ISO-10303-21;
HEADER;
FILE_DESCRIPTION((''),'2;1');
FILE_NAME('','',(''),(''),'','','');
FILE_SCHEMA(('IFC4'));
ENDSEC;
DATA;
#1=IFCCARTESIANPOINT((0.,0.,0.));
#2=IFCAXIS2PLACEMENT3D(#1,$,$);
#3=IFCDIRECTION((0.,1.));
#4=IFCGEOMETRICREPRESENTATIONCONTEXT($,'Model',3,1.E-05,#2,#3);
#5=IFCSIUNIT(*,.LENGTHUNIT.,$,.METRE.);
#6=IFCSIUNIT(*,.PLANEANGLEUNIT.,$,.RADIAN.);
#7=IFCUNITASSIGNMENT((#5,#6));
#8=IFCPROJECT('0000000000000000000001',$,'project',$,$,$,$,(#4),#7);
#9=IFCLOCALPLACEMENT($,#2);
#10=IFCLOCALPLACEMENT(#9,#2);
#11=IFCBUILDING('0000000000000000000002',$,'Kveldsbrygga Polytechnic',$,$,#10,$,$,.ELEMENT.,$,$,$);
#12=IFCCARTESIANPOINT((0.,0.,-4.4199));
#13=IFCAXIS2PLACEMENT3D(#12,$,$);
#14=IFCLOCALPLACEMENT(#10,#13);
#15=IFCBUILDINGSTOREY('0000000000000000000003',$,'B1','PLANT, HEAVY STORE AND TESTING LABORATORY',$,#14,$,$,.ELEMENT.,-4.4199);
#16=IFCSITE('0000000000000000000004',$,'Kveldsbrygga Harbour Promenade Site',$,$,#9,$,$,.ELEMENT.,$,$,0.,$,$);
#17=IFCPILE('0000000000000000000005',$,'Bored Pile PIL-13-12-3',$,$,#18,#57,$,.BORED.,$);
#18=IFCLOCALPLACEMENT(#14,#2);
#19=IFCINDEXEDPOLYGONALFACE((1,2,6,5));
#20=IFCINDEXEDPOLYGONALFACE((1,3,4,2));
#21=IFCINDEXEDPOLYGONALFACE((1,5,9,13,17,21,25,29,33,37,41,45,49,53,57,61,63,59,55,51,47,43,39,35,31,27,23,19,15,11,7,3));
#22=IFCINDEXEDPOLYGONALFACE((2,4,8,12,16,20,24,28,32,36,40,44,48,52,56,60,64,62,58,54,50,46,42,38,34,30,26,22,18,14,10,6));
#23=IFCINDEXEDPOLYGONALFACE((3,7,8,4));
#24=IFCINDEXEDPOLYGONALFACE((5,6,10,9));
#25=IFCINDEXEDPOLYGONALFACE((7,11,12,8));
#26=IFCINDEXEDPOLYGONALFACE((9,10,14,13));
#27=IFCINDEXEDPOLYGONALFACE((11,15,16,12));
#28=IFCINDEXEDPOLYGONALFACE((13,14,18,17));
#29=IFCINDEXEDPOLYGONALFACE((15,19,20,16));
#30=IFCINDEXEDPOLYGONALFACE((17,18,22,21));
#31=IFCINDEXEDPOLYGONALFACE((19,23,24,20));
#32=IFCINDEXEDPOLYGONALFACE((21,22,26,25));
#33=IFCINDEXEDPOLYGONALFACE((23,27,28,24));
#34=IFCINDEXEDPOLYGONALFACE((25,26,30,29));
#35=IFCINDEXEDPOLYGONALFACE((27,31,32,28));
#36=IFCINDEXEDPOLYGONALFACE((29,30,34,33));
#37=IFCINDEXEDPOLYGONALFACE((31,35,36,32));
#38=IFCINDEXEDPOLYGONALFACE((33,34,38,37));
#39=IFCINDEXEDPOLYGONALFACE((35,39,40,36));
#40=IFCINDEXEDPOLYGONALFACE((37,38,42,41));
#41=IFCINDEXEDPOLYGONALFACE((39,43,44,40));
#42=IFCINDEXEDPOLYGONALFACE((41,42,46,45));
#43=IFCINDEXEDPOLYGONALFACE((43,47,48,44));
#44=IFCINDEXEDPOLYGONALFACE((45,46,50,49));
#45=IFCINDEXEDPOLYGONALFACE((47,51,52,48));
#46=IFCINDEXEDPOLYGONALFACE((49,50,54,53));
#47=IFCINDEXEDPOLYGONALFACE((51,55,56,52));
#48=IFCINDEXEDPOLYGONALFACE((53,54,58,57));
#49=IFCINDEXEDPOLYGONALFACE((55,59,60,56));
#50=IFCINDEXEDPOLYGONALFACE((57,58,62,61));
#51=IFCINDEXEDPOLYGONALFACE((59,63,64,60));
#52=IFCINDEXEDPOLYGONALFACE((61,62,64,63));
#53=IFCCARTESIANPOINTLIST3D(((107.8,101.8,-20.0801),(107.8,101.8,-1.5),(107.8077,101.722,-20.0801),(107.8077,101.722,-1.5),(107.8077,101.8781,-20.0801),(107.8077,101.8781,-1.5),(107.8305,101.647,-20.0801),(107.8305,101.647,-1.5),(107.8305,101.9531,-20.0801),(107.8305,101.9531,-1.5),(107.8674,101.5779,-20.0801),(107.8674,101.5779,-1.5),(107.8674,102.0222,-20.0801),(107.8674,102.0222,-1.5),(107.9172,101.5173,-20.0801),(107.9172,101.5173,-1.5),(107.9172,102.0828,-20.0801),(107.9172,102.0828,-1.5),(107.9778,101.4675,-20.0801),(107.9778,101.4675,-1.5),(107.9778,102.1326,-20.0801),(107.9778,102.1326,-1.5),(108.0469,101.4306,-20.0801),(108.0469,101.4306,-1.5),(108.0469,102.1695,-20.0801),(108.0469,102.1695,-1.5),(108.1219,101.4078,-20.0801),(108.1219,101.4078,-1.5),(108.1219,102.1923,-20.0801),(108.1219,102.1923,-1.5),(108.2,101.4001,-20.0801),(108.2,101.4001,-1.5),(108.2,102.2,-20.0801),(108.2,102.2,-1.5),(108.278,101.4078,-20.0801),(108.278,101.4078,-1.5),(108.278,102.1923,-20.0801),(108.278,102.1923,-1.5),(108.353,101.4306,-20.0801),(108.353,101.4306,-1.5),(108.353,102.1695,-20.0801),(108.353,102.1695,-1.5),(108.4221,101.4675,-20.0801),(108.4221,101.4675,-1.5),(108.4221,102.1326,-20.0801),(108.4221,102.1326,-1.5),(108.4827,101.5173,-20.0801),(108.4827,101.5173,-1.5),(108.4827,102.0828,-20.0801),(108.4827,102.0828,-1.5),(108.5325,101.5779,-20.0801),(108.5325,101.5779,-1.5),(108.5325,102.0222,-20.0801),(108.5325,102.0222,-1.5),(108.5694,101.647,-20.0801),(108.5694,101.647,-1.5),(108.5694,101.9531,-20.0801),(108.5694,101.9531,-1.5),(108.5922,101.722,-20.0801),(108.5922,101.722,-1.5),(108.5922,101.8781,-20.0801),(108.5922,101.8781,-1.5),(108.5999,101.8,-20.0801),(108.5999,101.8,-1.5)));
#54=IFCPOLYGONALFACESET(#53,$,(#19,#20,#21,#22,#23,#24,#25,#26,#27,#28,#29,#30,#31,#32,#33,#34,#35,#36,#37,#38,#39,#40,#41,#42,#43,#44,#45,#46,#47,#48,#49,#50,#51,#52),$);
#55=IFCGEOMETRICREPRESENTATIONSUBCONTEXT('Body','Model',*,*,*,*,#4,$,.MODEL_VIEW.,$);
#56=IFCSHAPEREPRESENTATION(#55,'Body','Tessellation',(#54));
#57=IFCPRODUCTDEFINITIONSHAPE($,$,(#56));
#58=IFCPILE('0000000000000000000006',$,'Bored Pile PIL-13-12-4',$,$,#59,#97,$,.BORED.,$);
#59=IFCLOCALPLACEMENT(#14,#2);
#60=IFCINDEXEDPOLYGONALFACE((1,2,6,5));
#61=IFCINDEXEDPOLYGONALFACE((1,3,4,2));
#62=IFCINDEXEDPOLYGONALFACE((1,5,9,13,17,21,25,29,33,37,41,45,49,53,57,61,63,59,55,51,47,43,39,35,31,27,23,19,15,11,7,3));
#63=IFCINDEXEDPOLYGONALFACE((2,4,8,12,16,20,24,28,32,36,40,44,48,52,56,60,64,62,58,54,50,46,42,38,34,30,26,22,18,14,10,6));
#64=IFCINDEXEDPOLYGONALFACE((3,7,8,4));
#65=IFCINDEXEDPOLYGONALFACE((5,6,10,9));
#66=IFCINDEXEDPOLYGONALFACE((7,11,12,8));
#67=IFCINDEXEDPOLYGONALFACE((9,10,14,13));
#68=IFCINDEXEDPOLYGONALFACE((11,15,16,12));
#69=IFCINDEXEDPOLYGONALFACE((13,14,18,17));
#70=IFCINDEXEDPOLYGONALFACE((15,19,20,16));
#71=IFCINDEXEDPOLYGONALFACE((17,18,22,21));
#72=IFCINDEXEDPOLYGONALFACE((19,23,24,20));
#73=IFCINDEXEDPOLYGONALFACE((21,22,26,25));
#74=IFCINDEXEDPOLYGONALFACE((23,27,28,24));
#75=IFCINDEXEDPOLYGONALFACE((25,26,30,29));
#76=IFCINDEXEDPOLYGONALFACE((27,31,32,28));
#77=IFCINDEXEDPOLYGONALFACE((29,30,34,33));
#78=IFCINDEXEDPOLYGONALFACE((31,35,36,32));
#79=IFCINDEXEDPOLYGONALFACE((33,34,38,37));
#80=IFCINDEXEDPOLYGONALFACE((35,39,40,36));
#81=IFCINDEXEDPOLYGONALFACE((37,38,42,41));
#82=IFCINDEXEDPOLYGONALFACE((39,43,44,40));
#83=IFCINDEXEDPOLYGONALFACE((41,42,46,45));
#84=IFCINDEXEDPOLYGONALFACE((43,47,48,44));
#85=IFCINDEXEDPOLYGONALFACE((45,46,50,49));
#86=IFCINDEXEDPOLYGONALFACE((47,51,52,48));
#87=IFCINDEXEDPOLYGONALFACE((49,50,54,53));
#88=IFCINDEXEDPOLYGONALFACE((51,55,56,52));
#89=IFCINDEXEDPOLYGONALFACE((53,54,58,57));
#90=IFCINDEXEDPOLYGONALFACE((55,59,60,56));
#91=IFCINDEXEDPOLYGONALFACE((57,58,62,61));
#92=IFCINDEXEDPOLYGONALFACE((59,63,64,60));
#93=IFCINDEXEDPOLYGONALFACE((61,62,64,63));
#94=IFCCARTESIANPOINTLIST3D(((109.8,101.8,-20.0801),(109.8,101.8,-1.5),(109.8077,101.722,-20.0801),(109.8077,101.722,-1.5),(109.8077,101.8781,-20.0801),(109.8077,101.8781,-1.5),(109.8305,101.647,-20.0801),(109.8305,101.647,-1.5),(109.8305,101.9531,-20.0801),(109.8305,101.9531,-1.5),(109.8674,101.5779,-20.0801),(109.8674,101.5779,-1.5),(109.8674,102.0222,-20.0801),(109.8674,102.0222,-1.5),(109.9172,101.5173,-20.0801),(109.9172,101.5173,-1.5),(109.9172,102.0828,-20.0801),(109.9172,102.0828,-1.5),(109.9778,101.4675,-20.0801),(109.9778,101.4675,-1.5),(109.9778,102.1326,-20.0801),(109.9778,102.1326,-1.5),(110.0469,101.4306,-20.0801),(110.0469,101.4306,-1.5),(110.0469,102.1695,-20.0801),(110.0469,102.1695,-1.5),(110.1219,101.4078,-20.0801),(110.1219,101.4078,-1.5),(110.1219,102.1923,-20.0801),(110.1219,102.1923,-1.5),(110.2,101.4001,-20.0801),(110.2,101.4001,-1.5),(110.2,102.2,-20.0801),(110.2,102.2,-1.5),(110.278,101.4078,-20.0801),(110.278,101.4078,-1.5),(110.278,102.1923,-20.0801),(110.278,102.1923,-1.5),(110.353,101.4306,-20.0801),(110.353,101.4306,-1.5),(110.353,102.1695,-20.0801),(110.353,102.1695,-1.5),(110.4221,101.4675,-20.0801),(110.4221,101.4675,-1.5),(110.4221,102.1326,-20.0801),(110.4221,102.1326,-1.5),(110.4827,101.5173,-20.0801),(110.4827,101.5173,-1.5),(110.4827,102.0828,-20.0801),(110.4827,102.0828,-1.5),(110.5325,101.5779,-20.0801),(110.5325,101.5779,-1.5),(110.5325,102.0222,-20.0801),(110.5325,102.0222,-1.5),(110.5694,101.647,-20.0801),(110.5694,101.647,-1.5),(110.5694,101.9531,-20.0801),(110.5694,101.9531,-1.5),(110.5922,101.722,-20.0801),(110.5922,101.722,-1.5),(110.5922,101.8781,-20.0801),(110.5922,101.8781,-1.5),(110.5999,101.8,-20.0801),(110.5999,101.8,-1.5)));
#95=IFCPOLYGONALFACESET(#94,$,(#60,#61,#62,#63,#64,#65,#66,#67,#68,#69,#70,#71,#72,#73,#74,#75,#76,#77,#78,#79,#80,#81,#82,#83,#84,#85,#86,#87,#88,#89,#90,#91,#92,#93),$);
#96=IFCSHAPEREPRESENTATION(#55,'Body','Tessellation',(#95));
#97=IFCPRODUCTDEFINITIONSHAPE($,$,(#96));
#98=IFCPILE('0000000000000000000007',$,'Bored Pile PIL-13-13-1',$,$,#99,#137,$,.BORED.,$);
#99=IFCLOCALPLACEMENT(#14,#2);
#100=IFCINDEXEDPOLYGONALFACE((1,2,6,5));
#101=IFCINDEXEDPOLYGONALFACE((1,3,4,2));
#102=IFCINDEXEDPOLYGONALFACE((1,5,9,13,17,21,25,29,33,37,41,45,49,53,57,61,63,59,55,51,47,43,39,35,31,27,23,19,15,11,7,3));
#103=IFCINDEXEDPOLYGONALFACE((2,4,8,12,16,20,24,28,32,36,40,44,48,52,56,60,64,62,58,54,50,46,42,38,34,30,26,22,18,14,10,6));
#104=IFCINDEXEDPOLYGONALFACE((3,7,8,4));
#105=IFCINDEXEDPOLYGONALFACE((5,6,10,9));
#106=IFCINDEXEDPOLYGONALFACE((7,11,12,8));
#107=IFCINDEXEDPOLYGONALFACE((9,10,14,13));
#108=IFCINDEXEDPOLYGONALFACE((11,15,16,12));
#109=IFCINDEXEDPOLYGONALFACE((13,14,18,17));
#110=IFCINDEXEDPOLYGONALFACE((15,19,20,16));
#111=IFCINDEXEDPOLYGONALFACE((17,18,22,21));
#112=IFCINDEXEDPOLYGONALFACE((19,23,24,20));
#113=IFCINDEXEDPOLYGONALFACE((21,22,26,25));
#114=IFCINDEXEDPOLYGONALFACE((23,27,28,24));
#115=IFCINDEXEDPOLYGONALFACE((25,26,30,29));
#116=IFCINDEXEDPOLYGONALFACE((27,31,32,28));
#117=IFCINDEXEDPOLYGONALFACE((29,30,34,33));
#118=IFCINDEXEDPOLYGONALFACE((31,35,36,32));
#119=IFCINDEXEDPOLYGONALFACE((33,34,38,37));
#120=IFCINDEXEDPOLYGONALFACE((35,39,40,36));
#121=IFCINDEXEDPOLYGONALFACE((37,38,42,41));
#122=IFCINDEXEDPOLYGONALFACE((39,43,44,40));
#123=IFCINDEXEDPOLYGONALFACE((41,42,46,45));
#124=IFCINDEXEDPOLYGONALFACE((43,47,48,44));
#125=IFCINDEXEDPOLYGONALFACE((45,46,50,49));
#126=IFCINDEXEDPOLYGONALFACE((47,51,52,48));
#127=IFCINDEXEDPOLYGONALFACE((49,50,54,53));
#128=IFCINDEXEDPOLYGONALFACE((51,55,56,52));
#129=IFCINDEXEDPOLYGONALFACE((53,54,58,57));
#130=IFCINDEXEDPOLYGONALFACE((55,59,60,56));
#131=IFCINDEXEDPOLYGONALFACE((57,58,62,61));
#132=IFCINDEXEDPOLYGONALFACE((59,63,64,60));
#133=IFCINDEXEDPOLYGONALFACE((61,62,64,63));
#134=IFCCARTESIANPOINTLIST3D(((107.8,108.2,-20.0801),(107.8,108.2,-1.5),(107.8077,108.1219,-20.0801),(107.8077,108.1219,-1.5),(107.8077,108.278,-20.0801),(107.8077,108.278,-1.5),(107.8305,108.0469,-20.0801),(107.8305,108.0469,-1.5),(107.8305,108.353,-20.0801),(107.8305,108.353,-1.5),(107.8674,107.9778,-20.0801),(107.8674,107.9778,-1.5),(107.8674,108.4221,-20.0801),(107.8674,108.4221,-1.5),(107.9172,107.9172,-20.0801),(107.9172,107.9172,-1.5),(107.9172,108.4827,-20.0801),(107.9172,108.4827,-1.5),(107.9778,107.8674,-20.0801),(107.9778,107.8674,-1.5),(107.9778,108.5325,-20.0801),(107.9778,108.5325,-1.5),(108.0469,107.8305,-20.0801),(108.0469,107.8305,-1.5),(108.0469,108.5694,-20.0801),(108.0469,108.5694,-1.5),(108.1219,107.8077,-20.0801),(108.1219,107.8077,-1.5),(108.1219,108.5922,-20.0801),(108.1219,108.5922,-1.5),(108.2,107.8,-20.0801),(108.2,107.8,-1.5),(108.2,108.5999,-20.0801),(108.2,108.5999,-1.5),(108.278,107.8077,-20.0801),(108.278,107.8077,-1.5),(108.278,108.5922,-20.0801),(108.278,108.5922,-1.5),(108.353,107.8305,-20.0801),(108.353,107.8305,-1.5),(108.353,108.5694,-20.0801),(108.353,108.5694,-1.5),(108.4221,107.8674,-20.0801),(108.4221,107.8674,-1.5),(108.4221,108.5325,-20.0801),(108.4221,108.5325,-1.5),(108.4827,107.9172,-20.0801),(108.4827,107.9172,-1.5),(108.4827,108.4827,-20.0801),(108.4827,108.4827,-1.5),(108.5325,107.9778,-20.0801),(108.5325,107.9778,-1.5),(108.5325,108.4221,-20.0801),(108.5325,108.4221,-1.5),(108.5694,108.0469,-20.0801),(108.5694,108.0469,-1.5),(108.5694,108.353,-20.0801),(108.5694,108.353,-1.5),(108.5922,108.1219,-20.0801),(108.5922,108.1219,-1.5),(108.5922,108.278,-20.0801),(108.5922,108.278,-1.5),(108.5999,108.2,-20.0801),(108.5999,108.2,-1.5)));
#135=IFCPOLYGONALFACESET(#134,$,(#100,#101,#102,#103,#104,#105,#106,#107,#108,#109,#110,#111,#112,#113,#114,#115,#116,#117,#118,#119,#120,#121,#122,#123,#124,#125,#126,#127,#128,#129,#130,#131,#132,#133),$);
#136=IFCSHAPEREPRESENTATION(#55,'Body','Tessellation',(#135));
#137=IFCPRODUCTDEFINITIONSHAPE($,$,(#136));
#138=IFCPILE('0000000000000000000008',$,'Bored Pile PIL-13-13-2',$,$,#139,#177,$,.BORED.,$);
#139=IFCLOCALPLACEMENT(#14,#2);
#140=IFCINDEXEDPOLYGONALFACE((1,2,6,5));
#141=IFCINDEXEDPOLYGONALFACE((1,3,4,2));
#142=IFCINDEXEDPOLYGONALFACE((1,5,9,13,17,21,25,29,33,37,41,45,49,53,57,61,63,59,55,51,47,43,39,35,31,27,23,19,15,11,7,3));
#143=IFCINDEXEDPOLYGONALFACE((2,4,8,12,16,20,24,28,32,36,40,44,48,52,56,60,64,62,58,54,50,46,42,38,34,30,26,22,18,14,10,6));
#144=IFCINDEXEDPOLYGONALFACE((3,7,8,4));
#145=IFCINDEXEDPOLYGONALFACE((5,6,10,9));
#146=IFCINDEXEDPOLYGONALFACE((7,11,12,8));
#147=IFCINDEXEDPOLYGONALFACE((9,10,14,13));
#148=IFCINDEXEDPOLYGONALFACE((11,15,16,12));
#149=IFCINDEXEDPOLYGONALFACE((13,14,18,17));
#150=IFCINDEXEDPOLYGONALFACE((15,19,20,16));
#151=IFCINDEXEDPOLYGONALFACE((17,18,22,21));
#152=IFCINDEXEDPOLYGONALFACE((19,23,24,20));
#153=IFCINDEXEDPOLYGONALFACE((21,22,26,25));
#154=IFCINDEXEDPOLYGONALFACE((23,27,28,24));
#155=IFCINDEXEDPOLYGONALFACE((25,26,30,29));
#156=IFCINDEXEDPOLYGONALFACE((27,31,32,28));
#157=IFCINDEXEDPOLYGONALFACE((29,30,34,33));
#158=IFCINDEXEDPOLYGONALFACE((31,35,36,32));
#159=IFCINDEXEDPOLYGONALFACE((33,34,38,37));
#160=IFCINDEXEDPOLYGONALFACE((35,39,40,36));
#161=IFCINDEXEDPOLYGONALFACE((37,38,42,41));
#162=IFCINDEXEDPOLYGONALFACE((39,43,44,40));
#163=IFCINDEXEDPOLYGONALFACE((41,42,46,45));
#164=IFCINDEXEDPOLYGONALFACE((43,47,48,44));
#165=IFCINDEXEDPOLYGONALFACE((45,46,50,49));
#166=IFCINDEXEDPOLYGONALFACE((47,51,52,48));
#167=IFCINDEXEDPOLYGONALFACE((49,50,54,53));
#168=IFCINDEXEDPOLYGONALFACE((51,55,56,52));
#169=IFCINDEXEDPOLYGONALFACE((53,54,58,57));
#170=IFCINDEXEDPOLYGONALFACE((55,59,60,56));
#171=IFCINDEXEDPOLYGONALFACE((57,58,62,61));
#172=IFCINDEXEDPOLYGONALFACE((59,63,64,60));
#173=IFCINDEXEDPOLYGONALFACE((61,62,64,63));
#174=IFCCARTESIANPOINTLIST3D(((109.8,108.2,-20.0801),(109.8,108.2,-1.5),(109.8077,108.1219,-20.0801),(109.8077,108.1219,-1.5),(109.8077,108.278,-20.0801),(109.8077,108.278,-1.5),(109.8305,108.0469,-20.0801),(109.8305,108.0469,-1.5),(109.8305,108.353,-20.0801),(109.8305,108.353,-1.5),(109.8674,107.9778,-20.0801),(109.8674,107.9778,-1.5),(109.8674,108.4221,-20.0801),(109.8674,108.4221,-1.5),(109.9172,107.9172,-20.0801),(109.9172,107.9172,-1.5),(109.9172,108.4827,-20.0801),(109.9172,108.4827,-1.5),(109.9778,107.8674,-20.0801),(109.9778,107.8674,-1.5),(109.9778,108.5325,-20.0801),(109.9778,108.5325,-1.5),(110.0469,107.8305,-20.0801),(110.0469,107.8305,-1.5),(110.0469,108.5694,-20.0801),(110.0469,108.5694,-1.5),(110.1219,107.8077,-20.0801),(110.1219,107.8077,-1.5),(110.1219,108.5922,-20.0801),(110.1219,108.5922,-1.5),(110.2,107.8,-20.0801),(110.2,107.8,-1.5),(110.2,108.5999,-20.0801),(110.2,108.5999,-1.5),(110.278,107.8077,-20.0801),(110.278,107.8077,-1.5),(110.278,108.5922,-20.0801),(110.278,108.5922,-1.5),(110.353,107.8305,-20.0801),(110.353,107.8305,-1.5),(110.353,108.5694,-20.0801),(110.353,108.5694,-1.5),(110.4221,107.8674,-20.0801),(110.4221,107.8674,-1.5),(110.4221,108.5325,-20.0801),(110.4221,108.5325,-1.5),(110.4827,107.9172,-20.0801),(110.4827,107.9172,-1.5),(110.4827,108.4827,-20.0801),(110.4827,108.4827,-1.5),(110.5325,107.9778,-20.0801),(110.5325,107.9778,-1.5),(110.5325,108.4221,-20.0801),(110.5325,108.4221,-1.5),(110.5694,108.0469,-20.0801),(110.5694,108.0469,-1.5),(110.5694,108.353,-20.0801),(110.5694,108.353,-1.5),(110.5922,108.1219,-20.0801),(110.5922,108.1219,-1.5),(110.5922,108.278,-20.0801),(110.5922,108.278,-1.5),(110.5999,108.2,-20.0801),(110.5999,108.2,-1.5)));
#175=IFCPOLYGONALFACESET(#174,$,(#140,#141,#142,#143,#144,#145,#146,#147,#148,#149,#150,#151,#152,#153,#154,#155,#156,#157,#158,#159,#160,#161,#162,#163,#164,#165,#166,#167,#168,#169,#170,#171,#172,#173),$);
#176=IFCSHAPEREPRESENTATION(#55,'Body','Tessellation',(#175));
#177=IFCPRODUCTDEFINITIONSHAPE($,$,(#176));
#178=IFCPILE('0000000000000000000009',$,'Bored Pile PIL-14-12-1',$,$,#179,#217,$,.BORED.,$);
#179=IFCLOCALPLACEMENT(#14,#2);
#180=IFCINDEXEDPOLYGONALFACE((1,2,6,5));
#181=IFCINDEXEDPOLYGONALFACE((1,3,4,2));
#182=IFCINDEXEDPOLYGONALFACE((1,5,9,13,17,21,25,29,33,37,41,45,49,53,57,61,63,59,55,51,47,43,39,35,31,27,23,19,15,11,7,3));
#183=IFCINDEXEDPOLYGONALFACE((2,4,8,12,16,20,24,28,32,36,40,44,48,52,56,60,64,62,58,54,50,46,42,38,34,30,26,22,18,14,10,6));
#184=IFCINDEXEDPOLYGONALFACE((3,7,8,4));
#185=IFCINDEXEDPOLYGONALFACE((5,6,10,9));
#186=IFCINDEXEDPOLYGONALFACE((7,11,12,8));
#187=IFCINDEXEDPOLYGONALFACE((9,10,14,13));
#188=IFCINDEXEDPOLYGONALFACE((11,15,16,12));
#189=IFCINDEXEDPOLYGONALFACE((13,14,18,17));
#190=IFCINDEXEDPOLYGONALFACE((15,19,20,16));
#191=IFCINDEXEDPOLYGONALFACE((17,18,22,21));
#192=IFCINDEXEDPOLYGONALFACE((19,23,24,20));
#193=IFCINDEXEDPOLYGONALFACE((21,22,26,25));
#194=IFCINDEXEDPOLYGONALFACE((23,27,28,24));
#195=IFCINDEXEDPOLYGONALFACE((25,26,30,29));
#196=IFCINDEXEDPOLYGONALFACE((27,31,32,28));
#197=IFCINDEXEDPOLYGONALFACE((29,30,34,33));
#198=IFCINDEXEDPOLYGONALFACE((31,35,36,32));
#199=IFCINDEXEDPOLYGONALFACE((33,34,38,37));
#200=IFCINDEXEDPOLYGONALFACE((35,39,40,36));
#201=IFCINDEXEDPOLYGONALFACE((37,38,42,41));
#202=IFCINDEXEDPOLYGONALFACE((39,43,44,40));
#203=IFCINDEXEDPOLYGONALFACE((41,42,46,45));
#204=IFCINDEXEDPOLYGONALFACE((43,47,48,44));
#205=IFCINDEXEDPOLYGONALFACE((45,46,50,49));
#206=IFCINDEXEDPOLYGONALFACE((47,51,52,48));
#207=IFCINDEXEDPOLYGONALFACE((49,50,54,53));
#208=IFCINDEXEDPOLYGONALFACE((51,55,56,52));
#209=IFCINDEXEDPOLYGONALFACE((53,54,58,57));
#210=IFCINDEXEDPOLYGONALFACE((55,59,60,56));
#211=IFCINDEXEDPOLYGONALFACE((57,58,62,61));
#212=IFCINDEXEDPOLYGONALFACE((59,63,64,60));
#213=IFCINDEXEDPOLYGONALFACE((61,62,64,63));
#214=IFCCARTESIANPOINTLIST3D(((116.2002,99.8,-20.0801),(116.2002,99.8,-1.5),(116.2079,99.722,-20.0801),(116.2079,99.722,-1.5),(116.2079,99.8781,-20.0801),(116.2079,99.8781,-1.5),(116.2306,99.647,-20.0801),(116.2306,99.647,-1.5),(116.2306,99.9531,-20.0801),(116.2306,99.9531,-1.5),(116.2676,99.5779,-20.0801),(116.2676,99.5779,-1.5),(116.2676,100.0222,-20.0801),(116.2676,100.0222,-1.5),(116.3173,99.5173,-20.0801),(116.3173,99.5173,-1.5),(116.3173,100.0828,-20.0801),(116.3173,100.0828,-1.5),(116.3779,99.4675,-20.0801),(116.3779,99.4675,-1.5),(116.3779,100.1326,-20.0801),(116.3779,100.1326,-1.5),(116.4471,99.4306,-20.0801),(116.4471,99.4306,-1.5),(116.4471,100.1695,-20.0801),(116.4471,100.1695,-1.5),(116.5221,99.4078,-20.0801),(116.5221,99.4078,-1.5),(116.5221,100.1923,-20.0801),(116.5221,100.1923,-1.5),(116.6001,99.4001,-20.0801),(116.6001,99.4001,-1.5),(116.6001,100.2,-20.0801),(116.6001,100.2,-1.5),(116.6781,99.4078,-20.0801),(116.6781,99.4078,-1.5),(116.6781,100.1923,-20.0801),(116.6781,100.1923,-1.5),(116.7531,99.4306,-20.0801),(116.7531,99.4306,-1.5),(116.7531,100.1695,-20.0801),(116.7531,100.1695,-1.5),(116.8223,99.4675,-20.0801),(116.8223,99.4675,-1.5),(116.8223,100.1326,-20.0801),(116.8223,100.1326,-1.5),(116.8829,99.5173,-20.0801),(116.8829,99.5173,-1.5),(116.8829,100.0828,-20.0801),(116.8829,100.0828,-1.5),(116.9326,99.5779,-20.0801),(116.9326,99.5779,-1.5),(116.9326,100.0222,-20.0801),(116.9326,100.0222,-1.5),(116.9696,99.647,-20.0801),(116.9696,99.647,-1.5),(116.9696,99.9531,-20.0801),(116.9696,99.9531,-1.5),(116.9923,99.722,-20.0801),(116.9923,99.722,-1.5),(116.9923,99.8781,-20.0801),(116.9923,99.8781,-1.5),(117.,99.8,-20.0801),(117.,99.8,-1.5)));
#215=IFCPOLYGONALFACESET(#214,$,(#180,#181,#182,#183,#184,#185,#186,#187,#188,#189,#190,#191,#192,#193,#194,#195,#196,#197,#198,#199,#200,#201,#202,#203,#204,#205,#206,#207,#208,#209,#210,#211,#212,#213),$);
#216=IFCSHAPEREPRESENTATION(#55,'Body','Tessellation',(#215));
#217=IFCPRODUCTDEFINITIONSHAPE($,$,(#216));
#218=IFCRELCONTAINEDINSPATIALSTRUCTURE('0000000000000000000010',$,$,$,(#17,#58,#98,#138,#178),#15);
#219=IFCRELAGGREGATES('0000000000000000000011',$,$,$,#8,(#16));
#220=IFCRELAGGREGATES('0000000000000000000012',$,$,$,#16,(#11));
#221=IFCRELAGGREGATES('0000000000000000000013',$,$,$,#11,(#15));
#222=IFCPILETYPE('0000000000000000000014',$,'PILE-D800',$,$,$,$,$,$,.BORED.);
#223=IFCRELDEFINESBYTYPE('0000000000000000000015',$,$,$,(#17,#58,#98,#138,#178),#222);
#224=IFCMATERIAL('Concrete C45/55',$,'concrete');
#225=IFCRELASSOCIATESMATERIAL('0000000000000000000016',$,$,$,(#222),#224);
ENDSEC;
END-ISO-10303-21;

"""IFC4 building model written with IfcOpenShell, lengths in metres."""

from ifc_helpers import new_model, si_unit, direction, frame, origin, origin_2d, place, context, subcontext, project, spatial, circle, extrude, material, material_profile, profile_set, type_object, element, save


model = new_model("IFC4")

# Units and contexts
model_context = context("Model", 3, precision=1e-05, world=origin(), true_north=direction((0.0, 1.0)))
body_context = subcontext(model_context, "Body", "Model", "MODEL_VIEW")
ifc_project = project(units=[si_unit("LENGTHUNIT", "METRE"), si_unit("PLANEANGLEUNIT", "RADIAN")], contexts=[model_context])

# Site, building, storey
site_placement = place(None, origin())
site = spatial("IfcSite", under=ifc_project, at=site_placement, Name="Kveldsbrygga Harbour Promenade Site", CompositionType="ELEMENT", RefElevation=0.0)
building_placement = place(site_placement, origin())
building = spatial("IfcBuilding", under=site, at=building_placement, Name="Kveldsbrygga Polytechnic", CompositionType="ELEMENT")
storey_placement = place(building_placement, frame((0.0, 0.0, -4.4199)))
storey = spatial("IfcBuildingStorey", under=building, at=storey_placement, Name="B1", Description="PLANT, HEAVY STORE AND TESTING LABORATORY", CompositionType="ELEMENT", Elevation=-4.4199)

# Shared definitions
ifc_material_1 = material(Name="Concrete C45/55", Category="concrete")

# Piles
ifc_material_profile_1 = material_profile(ifc_material_1, circle(Radius=0.3999, at=origin_2d()), Name="PILE D800")
ifc_profile_set_1 = profile_set([ifc_material_profile_1], Name="Concrete C45/55")
pile_type = type_object("IfcPileType", Name="PILE-D800", PredefinedType="BORED", material=ifc_profile_set_1)
for number, where, z_axis, x_axis, name in (
    (1, (108.2, 101.8, -1.5), (0.0, 0.0, -1.0), (1.0, 0.0, 0.0), "Bored Pile PIL-13-12-3"),
    (2, (110.2, 101.8, -1.5), (0.0, 0.0, -1.0), (1.0, 0.0, 0.0), "Bored Pile PIL-13-12-4"),
    (3, (108.2, 108.2, -1.5), (0.0, 0.0, -1.0), (1.0, 0.0, 0.0), "Bored Pile PIL-13-13-1"),
    (4, (110.2, 108.2, -1.5), (0.0, 0.0, -1.0), (1.0, 0.0, 0.0), "Bored Pile PIL-13-13-2"),
    (5, (116.6001, 99.8, -1.5), (0.0, 0.0, -1.0), (1.0, 0.0, 0.0), "Bored Pile PIL-14-12-1"),
):
    element("IfcPile", number, at=place(storey_placement, frame(where, z_axis=z_axis, x_axis=x_axis)), inside=storey, type_object=pile_type, Name=name, PredefinedType="BORED", context=body_context, shape_type="SweptSolid", body=[
        extrude(circle(Radius=0.3999, at=origin_2d()), origin(), (0.0, 0.0, 1.0), 18.5801),
    ])

save(model, "model.ifc")
